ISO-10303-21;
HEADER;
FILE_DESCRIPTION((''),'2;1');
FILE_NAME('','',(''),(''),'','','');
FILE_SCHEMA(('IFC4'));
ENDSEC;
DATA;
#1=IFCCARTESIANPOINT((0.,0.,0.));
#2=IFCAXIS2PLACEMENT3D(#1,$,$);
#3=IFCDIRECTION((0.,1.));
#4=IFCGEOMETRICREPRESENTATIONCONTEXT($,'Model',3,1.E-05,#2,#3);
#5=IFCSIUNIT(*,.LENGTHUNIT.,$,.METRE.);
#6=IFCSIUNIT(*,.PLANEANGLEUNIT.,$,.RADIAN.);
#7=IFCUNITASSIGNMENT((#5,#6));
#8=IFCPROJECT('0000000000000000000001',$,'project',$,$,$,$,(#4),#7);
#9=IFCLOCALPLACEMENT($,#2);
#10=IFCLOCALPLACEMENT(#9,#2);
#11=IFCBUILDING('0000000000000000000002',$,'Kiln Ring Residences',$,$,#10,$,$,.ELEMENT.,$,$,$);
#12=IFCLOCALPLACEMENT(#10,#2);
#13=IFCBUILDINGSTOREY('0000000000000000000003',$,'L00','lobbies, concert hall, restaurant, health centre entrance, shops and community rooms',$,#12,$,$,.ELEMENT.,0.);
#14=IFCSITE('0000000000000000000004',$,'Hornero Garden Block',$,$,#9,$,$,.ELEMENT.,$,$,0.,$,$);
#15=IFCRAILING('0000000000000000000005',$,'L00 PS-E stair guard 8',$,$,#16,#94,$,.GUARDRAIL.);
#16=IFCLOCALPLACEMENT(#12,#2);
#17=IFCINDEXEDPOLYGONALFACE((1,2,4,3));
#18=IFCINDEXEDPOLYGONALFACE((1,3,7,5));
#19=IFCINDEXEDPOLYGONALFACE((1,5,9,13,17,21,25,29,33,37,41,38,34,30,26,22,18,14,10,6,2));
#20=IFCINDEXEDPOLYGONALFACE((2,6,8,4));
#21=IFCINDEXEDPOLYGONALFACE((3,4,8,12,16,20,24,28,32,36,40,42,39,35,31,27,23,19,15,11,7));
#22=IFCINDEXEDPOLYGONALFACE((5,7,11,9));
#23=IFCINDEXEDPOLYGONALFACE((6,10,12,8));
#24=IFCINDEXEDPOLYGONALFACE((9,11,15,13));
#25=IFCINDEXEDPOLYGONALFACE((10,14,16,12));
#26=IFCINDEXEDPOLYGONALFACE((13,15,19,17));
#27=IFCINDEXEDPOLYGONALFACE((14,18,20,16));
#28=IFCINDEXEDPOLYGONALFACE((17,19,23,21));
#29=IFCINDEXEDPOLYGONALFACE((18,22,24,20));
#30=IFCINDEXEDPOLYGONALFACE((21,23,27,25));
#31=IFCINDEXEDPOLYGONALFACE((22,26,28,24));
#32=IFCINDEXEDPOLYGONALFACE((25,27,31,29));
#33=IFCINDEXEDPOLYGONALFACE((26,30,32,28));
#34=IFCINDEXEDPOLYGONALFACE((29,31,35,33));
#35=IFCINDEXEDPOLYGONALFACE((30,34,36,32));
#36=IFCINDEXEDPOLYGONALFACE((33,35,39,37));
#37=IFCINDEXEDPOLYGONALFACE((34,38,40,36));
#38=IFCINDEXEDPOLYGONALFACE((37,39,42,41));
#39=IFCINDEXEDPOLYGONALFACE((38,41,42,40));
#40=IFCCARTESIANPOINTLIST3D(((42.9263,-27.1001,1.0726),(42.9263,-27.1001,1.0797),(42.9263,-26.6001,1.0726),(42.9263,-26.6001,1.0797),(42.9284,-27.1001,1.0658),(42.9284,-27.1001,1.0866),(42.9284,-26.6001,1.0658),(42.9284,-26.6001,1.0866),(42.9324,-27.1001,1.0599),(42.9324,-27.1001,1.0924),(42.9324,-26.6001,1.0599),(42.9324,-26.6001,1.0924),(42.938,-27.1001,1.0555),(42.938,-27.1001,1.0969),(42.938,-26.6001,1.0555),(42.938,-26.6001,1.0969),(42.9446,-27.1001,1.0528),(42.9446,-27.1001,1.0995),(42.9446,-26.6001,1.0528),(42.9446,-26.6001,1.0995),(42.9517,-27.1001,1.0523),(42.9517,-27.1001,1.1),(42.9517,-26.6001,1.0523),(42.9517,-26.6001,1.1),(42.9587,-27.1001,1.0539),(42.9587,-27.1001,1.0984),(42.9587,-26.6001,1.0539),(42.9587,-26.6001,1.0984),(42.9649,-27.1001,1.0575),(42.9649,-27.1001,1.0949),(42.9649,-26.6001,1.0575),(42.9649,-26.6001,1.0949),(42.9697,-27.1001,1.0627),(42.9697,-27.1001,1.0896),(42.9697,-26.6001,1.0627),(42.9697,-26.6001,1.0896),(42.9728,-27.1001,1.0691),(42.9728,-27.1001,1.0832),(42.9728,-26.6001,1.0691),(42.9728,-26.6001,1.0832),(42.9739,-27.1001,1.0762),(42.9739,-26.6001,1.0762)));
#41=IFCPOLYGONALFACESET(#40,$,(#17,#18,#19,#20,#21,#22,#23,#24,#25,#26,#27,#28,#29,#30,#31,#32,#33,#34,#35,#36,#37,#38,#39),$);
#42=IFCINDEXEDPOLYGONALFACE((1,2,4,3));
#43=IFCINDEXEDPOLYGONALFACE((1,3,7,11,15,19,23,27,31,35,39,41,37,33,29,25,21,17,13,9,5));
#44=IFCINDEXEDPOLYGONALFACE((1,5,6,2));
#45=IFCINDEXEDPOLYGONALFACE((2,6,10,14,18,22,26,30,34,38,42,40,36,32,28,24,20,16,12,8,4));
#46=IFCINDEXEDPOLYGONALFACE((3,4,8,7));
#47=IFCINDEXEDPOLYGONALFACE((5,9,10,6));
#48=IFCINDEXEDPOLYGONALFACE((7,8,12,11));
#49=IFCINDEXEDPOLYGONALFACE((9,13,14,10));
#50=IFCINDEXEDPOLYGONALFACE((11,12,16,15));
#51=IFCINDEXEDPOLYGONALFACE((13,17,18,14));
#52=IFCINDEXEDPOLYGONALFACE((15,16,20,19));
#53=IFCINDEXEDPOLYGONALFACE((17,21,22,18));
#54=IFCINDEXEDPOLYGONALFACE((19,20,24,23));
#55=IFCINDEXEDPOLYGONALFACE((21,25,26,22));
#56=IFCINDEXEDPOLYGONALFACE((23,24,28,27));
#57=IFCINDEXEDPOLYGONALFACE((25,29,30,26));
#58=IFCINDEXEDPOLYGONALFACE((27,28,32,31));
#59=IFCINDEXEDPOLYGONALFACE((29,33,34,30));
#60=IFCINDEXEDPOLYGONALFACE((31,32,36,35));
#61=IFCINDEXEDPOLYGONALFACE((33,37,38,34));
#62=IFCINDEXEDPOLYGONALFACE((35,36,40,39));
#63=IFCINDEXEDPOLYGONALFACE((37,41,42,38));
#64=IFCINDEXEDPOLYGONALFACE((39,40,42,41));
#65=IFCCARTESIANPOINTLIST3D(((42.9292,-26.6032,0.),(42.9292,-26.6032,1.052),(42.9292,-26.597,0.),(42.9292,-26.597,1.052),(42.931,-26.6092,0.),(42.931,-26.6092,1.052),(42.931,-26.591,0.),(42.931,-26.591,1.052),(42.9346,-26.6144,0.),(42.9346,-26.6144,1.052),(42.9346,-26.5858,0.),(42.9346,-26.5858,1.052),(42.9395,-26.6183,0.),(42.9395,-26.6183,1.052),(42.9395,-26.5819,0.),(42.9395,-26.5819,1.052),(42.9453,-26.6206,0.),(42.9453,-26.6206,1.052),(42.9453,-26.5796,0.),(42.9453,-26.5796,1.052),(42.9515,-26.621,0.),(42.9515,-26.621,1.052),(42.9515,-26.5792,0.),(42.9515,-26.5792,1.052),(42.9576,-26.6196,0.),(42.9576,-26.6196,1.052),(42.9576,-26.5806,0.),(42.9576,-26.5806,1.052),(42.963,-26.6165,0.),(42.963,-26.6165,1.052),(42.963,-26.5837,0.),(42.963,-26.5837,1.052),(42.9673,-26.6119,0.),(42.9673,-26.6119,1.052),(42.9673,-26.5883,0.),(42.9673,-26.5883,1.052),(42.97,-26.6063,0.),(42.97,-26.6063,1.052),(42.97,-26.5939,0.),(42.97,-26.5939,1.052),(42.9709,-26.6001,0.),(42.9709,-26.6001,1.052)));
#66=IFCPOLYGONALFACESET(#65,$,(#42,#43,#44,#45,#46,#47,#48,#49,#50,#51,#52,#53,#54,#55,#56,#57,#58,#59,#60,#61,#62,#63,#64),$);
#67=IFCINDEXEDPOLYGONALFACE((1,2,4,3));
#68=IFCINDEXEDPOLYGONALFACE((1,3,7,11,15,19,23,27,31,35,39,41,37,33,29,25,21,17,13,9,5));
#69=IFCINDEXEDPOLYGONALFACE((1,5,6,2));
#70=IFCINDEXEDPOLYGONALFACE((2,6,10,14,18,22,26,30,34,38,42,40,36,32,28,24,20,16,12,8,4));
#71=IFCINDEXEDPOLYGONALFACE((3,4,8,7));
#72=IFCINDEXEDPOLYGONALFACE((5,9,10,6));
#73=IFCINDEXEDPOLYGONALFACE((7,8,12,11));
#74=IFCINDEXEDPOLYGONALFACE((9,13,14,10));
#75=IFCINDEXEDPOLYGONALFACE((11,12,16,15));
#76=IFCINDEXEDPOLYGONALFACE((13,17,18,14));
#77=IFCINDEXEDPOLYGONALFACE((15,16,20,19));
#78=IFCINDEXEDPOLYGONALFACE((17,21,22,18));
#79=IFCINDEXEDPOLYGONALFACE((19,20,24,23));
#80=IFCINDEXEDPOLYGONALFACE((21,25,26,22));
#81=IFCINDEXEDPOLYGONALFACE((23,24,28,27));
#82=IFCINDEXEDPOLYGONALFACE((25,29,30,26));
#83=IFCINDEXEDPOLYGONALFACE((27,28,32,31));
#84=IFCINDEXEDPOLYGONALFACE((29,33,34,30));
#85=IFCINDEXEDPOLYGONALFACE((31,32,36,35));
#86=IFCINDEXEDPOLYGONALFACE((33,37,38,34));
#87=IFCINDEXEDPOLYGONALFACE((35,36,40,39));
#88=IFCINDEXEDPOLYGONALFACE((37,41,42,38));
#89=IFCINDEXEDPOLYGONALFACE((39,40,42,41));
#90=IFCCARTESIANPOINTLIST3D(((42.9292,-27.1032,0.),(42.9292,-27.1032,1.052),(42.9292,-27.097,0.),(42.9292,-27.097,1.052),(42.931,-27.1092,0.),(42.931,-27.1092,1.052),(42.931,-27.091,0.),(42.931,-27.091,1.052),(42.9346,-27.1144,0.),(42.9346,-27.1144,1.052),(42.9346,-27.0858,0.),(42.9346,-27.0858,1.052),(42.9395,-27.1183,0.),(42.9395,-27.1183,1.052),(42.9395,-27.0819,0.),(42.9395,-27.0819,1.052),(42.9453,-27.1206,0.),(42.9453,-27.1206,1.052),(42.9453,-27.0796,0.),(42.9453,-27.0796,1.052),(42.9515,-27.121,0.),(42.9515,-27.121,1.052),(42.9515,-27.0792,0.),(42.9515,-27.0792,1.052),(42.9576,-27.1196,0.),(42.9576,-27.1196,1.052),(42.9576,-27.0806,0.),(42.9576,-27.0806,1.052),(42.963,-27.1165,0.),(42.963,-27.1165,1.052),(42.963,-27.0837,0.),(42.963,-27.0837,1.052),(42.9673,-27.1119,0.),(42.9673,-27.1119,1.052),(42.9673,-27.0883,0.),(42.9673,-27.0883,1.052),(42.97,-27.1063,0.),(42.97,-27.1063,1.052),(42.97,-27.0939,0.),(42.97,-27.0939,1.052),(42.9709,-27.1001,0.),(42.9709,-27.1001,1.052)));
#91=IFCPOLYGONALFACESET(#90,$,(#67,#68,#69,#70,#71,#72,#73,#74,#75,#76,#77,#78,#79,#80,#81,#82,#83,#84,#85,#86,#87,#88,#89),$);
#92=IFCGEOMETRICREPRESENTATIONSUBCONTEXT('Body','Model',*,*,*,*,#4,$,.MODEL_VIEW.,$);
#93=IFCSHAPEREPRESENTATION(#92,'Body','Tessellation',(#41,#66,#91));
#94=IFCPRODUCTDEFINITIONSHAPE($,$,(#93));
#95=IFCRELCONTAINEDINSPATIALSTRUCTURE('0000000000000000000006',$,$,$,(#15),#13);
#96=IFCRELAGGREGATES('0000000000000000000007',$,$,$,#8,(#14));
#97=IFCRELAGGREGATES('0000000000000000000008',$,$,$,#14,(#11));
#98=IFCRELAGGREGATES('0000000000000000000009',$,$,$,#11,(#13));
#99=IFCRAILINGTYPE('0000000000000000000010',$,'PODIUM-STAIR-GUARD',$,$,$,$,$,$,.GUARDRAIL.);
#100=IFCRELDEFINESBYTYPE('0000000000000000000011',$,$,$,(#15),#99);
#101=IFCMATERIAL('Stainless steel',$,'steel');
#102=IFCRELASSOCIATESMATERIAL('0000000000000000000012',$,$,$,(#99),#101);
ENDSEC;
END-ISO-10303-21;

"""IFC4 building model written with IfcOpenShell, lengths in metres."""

from ifc_helpers import new_model, si_unit, direction, frame, origin, origin_2d, place, context, subcontext, project, spatial, circle, extrude, material, type_object, element, save


model = new_model("IFC4")

# Units and contexts
model_context = context("Model", 3, precision=1e-05, world=origin(), true_north=direction((0.0, 1.0)))
body_context = subcontext(model_context, "Body", "Model", "MODEL_VIEW")
ifc_project = project(units=[si_unit("LENGTHUNIT", "METRE"), si_unit("PLANEANGLEUNIT", "RADIAN")], contexts=[model_context])

# Site, building, storey
site_placement = place(None, origin())
site = spatial("IfcSite", under=ifc_project, at=site_placement, Name="Hornero Garden Block", CompositionType="ELEMENT", RefElevation=0.0)
building_placement = place(site_placement, origin())
building = spatial("IfcBuilding", under=site, at=building_placement, Name="Kiln Ring Residences", CompositionType="ELEMENT")
storey_placement = place(building_placement, origin())
storey = spatial("IfcBuildingStorey", under=building, at=storey_placement, Name="L00", Description="lobbies, concert hall, restaurant, health centre entrance, shops and community rooms", CompositionType="ELEMENT", Elevation=0.0)

# Railing
ifc_material_1 = material(Name="Stainless steel", Category="steel")
railing_type_1 = type_object("IfcRailingType", Name="PODIUM-STAIR-GUARD", PredefinedType="GUARDRAIL", material=ifc_material_1)
railing_1_placement = place(storey_placement, frame((42.95, -26.6001, 0.0)))
element("IfcRailing", 1, at=railing_1_placement, inside=storey, type_object=railing_type_1, Name="L00 PS-E stair guard 8", PredefinedType="GUARDRAIL", context=body_context, shape_type="SweptSolid", body=[
    extrude(circle(Radius=0.0239, at=origin_2d()), frame((0.0, 0.0, 1.0762), z_axis=(0.0, -1.0, 0.0), x_axis=(1.0, 0.0, 0.0)), (0.0, 0.0, 1.0), 0.5),
    extrude(circle(Radius=0.021, at=origin_2d()), origin(), (0.0, 0.0, 1.0), 1.052),
    extrude(circle(Radius=0.021, at=origin_2d()), frame((0.0, -0.5, 0.0)), (0.0, 0.0, 1.0), 1.052),
])

save(model, "model.ifc")
